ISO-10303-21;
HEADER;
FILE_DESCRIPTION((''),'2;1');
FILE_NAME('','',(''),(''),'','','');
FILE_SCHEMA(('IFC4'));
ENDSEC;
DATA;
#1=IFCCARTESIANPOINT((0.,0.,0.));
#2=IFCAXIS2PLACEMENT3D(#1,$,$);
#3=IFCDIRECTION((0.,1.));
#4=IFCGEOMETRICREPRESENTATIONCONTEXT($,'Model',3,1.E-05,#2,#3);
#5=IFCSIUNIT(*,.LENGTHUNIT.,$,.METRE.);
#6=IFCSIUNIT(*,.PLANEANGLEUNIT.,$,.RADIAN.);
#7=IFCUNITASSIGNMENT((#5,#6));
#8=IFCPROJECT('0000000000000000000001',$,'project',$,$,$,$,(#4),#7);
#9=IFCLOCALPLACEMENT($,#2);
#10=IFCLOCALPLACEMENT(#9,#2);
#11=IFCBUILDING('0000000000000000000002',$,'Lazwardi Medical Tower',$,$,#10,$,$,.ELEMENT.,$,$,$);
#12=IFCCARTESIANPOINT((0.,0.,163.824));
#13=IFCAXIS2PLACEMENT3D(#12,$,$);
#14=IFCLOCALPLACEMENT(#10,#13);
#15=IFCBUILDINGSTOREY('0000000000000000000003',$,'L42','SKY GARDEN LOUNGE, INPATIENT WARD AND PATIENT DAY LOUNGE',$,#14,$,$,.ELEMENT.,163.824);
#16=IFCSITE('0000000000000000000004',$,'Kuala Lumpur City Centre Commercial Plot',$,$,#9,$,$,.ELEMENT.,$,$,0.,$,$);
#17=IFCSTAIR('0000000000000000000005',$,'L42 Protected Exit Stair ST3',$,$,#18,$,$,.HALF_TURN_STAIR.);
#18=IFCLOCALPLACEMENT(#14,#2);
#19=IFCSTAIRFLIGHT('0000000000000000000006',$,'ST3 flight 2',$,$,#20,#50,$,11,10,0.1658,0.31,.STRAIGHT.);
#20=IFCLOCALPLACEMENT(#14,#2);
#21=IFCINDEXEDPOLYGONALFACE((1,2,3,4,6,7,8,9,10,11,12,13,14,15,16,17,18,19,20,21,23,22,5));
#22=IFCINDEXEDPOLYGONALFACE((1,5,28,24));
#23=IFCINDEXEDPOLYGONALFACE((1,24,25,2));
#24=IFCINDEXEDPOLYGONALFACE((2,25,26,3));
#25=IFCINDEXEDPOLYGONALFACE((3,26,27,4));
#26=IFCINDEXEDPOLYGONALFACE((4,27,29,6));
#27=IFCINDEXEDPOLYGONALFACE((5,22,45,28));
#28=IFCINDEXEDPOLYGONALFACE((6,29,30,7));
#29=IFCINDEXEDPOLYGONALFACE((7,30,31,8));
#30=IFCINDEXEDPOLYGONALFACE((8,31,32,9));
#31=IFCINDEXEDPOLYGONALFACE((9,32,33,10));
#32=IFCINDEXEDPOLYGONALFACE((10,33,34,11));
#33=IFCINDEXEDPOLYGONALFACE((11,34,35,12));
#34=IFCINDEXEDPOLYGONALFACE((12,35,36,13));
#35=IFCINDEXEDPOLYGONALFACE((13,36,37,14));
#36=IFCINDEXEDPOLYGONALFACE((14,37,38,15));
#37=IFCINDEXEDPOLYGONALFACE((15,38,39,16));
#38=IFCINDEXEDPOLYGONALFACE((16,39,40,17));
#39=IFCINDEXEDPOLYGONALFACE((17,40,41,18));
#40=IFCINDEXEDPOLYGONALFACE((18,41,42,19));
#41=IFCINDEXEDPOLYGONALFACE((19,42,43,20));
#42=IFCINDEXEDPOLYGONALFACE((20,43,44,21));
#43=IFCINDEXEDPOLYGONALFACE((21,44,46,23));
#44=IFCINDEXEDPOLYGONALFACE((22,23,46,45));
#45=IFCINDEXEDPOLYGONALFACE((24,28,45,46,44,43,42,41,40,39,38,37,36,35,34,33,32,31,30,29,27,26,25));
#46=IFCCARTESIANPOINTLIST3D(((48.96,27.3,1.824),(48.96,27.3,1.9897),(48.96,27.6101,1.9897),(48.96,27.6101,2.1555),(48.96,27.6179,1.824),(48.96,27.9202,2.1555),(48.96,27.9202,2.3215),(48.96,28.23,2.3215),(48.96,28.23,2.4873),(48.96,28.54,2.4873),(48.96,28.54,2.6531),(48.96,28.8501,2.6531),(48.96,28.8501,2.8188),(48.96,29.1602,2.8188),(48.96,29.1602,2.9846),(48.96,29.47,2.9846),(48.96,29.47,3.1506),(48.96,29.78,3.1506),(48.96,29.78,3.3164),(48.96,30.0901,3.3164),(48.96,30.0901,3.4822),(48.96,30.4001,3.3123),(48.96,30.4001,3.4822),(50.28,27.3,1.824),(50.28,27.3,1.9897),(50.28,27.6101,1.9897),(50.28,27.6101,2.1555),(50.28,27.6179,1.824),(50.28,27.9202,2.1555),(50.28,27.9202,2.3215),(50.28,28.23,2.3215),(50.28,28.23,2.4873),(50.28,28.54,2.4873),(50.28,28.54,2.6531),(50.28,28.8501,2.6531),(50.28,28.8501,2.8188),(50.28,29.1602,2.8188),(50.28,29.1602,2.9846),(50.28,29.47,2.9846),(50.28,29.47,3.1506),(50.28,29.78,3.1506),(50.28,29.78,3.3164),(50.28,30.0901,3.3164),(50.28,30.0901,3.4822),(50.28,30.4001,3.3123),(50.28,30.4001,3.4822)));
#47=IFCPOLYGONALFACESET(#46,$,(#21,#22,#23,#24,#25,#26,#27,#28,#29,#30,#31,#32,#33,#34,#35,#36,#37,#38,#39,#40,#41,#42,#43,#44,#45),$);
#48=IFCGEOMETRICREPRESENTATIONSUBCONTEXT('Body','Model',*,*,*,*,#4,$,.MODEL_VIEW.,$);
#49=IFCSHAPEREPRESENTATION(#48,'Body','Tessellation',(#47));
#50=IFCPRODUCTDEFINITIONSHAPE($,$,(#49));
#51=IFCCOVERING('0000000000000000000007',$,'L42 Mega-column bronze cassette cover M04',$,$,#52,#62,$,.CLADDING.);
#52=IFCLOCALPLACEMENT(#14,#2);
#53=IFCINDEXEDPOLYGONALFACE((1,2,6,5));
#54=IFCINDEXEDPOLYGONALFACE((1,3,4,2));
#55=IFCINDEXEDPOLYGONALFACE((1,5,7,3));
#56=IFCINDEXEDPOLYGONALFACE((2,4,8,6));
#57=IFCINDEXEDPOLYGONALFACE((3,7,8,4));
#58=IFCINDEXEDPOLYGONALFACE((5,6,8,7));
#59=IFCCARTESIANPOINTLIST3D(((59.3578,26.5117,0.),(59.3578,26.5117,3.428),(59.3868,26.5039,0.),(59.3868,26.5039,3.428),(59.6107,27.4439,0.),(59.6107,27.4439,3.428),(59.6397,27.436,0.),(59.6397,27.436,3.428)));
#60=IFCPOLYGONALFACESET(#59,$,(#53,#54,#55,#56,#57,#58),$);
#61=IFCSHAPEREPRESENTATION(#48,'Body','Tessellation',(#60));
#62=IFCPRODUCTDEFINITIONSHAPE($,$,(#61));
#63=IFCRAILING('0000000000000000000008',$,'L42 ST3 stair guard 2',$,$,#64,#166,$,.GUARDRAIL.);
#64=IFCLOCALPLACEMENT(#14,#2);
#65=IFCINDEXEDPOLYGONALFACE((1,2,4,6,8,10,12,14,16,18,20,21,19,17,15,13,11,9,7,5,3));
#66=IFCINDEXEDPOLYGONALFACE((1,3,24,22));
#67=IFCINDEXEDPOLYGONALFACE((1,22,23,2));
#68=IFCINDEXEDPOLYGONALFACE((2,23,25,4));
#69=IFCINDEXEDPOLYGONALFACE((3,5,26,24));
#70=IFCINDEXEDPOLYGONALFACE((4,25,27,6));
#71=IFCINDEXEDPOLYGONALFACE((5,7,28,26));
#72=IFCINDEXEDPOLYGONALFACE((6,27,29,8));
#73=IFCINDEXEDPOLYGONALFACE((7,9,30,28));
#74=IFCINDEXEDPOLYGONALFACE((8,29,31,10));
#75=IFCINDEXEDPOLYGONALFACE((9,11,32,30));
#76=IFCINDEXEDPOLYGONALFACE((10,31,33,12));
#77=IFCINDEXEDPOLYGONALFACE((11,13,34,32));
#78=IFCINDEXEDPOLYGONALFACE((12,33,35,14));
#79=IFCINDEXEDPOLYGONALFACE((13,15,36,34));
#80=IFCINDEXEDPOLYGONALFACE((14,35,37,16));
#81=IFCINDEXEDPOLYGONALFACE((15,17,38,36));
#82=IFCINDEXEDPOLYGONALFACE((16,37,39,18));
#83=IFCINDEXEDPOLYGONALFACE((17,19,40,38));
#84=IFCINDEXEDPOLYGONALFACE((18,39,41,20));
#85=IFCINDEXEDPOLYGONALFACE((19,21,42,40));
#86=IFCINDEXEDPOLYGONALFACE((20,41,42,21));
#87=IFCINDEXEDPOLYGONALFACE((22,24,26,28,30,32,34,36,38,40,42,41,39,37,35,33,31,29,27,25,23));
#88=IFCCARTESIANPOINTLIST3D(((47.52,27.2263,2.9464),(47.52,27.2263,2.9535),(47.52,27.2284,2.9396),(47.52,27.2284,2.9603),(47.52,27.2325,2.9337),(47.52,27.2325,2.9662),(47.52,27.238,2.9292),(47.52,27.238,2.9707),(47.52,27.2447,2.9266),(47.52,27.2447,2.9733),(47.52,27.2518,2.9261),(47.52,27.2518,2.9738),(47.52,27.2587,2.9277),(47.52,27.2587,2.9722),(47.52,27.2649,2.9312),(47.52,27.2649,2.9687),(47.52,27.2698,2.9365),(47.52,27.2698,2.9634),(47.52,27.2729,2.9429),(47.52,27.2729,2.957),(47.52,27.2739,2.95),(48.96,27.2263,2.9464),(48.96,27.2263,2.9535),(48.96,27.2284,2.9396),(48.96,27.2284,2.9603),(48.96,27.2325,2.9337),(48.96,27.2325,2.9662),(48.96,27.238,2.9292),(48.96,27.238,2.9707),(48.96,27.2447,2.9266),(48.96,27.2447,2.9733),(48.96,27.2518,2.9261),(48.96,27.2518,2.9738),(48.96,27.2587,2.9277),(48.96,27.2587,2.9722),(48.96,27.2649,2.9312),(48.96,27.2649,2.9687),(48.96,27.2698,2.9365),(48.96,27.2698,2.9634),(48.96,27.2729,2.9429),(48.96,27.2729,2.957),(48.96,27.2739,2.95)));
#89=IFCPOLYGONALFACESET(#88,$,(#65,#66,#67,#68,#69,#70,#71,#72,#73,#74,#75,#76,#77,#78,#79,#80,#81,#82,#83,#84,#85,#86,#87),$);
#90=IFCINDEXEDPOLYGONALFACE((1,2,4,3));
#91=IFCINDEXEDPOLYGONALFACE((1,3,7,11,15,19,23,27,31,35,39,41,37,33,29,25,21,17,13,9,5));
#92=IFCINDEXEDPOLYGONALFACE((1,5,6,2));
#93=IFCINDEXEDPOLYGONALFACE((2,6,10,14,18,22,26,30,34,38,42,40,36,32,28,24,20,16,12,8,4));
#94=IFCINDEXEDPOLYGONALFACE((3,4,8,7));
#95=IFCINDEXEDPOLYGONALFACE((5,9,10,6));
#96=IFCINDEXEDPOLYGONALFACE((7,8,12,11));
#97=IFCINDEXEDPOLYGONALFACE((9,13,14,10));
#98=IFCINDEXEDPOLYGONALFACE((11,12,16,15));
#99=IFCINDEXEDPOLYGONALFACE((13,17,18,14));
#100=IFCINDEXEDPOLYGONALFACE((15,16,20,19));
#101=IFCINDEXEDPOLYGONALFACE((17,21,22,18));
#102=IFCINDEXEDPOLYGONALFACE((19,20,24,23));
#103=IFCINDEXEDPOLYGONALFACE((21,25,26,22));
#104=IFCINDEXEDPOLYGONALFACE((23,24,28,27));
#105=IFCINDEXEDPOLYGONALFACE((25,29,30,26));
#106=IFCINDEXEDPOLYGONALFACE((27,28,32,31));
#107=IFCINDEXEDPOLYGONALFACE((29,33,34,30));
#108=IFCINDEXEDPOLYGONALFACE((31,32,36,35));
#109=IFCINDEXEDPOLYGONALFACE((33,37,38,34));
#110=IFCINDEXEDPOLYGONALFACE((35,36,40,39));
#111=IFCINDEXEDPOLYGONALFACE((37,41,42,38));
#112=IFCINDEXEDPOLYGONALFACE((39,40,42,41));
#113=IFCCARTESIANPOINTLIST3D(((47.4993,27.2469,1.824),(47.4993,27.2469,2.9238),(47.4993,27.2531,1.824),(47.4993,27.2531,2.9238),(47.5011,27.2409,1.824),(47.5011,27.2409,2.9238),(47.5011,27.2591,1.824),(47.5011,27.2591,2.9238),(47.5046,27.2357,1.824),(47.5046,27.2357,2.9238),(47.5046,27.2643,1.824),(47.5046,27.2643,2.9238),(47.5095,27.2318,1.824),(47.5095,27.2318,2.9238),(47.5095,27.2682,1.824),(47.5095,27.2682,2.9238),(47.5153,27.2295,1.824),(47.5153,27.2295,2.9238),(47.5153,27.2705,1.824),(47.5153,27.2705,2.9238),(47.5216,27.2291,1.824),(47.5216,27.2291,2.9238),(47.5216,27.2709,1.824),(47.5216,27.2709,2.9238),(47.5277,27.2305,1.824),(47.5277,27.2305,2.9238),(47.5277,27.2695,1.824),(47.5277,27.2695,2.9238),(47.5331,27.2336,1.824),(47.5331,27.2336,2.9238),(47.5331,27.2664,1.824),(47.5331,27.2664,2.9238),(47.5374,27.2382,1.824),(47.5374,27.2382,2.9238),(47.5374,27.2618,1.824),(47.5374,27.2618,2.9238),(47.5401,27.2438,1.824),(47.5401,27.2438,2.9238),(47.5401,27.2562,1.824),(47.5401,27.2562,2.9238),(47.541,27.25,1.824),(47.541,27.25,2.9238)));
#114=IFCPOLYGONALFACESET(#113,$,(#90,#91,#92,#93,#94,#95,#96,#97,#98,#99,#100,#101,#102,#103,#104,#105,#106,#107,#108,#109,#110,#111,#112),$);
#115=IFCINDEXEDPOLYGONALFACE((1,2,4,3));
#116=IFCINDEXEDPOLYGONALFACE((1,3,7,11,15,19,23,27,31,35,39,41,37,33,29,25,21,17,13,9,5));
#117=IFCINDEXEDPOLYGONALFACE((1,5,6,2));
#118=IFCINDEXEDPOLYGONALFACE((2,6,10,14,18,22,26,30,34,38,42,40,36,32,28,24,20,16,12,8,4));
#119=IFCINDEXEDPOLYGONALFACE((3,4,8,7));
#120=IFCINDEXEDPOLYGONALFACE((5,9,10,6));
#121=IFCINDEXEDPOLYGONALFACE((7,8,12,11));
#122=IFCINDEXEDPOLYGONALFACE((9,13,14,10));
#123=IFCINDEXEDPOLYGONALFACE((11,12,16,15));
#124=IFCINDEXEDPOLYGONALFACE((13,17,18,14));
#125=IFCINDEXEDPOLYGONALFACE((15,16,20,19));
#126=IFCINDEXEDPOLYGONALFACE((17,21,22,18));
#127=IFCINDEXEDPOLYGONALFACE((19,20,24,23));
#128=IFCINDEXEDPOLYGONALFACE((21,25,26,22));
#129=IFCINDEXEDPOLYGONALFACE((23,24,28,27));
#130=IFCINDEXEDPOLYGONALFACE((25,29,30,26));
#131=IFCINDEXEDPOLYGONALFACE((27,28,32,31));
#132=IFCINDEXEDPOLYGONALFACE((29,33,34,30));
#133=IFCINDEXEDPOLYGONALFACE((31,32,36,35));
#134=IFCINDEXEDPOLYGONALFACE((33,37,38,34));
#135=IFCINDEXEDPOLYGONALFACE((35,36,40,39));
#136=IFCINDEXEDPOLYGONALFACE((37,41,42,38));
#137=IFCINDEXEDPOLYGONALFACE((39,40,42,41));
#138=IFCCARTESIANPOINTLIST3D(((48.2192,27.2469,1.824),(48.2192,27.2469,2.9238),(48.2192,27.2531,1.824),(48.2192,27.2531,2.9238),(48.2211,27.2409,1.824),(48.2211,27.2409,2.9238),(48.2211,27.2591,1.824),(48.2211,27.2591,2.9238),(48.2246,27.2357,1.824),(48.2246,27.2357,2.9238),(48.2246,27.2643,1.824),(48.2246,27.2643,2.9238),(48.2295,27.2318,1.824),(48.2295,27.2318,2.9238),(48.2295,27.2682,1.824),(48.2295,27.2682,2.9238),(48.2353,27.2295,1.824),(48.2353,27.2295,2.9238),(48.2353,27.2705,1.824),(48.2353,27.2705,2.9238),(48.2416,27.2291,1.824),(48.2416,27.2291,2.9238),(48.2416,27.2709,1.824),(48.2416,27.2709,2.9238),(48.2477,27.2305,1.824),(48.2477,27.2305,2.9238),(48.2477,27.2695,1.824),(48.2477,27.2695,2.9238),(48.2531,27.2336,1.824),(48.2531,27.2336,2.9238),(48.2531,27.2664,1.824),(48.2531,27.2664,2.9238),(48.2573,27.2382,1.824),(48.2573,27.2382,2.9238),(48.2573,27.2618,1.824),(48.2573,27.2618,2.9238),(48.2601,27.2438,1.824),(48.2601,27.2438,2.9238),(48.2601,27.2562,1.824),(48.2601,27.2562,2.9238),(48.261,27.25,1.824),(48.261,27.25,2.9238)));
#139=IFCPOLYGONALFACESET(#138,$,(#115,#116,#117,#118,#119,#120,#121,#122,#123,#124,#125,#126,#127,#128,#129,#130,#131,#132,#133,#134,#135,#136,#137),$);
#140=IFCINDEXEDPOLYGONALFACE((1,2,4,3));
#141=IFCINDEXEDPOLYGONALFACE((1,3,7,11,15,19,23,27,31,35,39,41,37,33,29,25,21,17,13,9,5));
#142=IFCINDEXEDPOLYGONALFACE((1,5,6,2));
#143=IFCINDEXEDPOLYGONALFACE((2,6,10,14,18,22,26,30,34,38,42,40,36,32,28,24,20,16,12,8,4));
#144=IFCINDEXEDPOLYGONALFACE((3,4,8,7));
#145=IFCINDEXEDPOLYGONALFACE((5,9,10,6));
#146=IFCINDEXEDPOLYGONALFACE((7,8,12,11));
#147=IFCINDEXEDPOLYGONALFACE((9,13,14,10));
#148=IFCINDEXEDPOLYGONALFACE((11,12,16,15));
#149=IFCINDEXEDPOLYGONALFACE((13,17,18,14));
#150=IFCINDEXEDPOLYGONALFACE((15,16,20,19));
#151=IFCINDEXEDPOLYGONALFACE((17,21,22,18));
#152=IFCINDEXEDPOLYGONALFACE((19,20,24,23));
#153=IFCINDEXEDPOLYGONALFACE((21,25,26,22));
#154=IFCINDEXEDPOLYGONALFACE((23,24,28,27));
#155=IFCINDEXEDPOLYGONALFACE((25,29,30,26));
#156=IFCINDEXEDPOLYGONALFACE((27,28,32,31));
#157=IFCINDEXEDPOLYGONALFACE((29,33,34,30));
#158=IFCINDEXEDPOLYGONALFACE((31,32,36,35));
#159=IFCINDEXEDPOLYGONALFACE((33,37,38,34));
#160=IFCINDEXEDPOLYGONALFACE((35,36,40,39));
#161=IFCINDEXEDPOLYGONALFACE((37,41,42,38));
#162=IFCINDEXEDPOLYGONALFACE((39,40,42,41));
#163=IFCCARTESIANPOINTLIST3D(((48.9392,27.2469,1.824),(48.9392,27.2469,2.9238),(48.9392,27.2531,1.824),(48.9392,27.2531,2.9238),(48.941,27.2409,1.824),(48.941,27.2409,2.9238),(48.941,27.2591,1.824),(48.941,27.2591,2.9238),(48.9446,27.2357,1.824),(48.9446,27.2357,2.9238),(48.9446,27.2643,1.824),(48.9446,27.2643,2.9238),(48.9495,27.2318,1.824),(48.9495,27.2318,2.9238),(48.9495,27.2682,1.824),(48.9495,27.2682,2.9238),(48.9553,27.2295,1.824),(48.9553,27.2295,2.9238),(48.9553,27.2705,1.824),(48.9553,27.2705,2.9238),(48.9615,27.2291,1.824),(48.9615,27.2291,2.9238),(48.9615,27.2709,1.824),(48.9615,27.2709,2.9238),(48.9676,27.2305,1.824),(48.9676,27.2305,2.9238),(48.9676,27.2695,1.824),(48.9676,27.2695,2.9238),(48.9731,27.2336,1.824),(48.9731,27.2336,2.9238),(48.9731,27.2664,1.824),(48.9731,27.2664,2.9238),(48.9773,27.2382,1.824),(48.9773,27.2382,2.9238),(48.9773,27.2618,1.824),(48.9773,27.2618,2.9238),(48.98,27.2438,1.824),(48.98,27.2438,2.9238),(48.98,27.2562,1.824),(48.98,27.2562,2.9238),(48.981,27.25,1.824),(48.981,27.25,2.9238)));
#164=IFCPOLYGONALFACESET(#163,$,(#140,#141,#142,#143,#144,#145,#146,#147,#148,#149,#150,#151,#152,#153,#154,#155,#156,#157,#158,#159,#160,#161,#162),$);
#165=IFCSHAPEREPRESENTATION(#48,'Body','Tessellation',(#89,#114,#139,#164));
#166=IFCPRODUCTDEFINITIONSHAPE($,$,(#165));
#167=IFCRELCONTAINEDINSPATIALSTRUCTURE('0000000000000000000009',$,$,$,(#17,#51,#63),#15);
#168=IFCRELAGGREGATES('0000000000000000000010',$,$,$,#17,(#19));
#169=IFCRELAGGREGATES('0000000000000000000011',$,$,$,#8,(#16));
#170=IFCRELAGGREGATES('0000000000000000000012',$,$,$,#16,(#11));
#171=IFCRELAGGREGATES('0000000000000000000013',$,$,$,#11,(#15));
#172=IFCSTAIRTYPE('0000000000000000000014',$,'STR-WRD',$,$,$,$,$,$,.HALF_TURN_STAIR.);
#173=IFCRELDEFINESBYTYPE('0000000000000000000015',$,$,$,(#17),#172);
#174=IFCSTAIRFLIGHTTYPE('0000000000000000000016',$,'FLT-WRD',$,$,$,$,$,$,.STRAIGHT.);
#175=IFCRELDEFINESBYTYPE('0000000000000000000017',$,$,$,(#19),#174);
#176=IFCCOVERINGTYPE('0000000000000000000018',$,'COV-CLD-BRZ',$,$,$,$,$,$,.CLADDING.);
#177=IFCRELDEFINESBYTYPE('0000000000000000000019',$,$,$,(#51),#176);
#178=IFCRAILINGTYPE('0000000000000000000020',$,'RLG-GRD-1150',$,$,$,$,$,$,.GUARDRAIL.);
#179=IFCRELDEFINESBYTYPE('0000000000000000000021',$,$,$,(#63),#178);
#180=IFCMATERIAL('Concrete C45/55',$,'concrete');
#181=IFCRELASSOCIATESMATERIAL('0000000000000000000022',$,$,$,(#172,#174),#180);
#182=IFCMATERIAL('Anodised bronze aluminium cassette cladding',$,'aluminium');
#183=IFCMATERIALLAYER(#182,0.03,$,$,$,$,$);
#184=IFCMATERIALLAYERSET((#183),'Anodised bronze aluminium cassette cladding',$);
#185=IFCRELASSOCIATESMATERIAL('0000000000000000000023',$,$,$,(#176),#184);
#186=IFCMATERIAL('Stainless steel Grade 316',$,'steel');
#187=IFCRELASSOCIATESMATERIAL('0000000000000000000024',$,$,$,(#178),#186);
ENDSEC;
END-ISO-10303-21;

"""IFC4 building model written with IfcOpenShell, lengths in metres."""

from ifc_helpers import new_model, si_unit, direction, frame, origin, origin_2d, place, context, subcontext, project, spatial, polyline, rectangle, circle, outline, extrude, material, layer, layer_set, type_object, element, aggregate, save


model = new_model("IFC4")

# Units and contexts
model_context = context("Model", 3, precision=1e-05, world=origin(), true_north=direction((0.0, 1.0)))
body_context = subcontext(model_context, "Body", "Model", "MODEL_VIEW")
ifc_project = project(units=[si_unit("LENGTHUNIT", "METRE"), si_unit("PLANEANGLEUNIT", "RADIAN")], contexts=[model_context])

# Site, building, storey
site_placement = place(None, origin())
site = spatial("IfcSite", under=ifc_project, at=site_placement, Name="Kuala Lumpur City Centre Commercial Plot", CompositionType="ELEMENT", RefElevation=0.0)
building_placement = place(site_placement, origin())
building = spatial("IfcBuilding", under=site, at=building_placement, Name="Lazwardi Medical Tower", CompositionType="ELEMENT")
storey_placement = place(building_placement, frame((0.0, 0.0, 163.824)))
storey = spatial("IfcBuildingStorey", under=building, at=storey_placement, Name="L42", Description="SKY GARDEN LOUNGE, INPATIENT WARD AND PATIENT DAY LOUNGE", CompositionType="ELEMENT", Elevation=163.824)

# Stair, stair flight
ifc_material_1 = material(Name="Concrete C45/55", Category="concrete")
stair_type = type_object("IfcStairType", Name="STR-WRD", PredefinedType="HALF_TURN_STAIR", material=ifc_material_1)
stair_placement = place(storey_placement, origin())
stair = element("IfcStair", 1, at=stair_placement, inside=storey, type_object=stair_type, Name="L42 Protected Exit Stair ST3", PredefinedType="HALF_TURN_STAIR")
stair_flight_type = type_object("IfcStairFlightType", Name="FLT-WRD", PredefinedType="STRAIGHT", material=ifc_material_1)
stair_flight_placement = place(storey_placement, frame((49.6201, 27.3, 1.824), z_axis=(0.0, 0.0, 1.0), x_axis=(0.0, 1.0, 0.0)))
stair_flight = element("IfcStairFlight", 2, at=stair_flight_placement, type_object=stair_flight_type, Name="ST3 flight 2", NumberOfRisers=11, NumberOfTreads=10, PredefinedType="STRAIGHT", RiserHeight=0.1658, TreadLength=0.31, context=body_context, shape_type="SweptSolid", body=[
    extrude(outline(polyline([(0.0, 0.0), (0.0, 0.1658), (0.3101, 0.1658), (0.3101, 0.3315), (0.6201, 0.3315), (0.6201, 0.4976), (0.9299, 0.4976), (0.9299, 0.6633), (1.24, 0.6633), (1.24, 0.8291), (1.55, 0.8291), (1.55, 0.9949), (1.8601, 0.9949), (1.8601, 1.1606), (2.1699, 1.1606), (2.1699, 1.3267), (2.48, 1.3267), (2.48, 1.4924), (2.79, 1.4924), (2.79, 1.6582), (3.1001, 1.6582), (3.1001, 1.824), (3.1001, 1.4883), (0.3179, 0.0), (0.0, 0.0)])), frame((0.0, 0.6602, 0.0), z_axis=(0.0, -1.0, 0.0), x_axis=(1.0, 0.0, 0.0)), (0.0, 0.0, 1.0), 1.3201),
])
aggregate(stair, [stair_flight])

# Covering
ifc_material_2 = material(Name="Anodised bronze aluminium cassette cladding", Category="aluminium")
ifc_layer_1 = layer(ifc_material_2, 0.03)
ifc_layer_set_1 = layer_set([ifc_layer_1], Name="Anodised bronze aluminium cassette cladding")
covering_type = type_object("IfcCoveringType", Name="COV-CLD-BRZ", PredefinedType="CLADDING", material=ifc_layer_set_1)
covering_placement = place(storey_placement, frame((59.4988, 26.9739, 0.0), z_axis=(0.0, 0.0, 1.0), x_axis=(0.261829, 0.965114, 0.0)))
element("IfcCovering", 3, at=covering_placement, inside=storey, type_object=covering_type, Name="L42 Mega-column bronze cassette cover M04", PredefinedType="CLADDING", context=body_context, shape_type="SweptSolid", body=[
    extrude(rectangle(XDim=0.9658, YDim=0.03, at=origin_2d()), origin(), (0.0, 0.0, 1.0), 3.428),
])

# Railing
ifc_material_3 = material(Name="Stainless steel Grade 316", Category="steel")
railing_type_1 = type_object("IfcRailingType", Name="RLG-GRD-1150", PredefinedType="GUARDRAIL", material=ifc_material_3)
railing_1_placement = place(storey_placement, frame((47.52, 27.25, 1.824)))
element("IfcRailing", 4, at=railing_1_placement, inside=storey, type_object=railing_type_1, Name="L42 ST3 stair guard 2", PredefinedType="GUARDRAIL", context=body_context, shape_type="SweptSolid", body=[
    extrude(circle(Radius=0.0239, at=origin_2d()), frame((0.0, 0.0, 1.126), z_axis=(1.0, 0.0, 0.0), x_axis=(0.0, 1.0, 0.0)), (0.0, 0.0, 1.0), 1.4399),
    extrude(circle(Radius=0.021, at=origin_2d()), origin(), (0.0, 0.0, 1.0), 1.0999),
    extrude(circle(Radius=0.021, at=origin_2d()), frame((0.72, 0.0, 0.0)), (0.0, 0.0, 1.0), 1.0999),
    extrude(circle(Radius=0.021, at=origin_2d()), frame((1.4399, 0.0, 0.0)), (0.0, 0.0, 1.0), 1.0999),
])

save(model, "model.ifc")
